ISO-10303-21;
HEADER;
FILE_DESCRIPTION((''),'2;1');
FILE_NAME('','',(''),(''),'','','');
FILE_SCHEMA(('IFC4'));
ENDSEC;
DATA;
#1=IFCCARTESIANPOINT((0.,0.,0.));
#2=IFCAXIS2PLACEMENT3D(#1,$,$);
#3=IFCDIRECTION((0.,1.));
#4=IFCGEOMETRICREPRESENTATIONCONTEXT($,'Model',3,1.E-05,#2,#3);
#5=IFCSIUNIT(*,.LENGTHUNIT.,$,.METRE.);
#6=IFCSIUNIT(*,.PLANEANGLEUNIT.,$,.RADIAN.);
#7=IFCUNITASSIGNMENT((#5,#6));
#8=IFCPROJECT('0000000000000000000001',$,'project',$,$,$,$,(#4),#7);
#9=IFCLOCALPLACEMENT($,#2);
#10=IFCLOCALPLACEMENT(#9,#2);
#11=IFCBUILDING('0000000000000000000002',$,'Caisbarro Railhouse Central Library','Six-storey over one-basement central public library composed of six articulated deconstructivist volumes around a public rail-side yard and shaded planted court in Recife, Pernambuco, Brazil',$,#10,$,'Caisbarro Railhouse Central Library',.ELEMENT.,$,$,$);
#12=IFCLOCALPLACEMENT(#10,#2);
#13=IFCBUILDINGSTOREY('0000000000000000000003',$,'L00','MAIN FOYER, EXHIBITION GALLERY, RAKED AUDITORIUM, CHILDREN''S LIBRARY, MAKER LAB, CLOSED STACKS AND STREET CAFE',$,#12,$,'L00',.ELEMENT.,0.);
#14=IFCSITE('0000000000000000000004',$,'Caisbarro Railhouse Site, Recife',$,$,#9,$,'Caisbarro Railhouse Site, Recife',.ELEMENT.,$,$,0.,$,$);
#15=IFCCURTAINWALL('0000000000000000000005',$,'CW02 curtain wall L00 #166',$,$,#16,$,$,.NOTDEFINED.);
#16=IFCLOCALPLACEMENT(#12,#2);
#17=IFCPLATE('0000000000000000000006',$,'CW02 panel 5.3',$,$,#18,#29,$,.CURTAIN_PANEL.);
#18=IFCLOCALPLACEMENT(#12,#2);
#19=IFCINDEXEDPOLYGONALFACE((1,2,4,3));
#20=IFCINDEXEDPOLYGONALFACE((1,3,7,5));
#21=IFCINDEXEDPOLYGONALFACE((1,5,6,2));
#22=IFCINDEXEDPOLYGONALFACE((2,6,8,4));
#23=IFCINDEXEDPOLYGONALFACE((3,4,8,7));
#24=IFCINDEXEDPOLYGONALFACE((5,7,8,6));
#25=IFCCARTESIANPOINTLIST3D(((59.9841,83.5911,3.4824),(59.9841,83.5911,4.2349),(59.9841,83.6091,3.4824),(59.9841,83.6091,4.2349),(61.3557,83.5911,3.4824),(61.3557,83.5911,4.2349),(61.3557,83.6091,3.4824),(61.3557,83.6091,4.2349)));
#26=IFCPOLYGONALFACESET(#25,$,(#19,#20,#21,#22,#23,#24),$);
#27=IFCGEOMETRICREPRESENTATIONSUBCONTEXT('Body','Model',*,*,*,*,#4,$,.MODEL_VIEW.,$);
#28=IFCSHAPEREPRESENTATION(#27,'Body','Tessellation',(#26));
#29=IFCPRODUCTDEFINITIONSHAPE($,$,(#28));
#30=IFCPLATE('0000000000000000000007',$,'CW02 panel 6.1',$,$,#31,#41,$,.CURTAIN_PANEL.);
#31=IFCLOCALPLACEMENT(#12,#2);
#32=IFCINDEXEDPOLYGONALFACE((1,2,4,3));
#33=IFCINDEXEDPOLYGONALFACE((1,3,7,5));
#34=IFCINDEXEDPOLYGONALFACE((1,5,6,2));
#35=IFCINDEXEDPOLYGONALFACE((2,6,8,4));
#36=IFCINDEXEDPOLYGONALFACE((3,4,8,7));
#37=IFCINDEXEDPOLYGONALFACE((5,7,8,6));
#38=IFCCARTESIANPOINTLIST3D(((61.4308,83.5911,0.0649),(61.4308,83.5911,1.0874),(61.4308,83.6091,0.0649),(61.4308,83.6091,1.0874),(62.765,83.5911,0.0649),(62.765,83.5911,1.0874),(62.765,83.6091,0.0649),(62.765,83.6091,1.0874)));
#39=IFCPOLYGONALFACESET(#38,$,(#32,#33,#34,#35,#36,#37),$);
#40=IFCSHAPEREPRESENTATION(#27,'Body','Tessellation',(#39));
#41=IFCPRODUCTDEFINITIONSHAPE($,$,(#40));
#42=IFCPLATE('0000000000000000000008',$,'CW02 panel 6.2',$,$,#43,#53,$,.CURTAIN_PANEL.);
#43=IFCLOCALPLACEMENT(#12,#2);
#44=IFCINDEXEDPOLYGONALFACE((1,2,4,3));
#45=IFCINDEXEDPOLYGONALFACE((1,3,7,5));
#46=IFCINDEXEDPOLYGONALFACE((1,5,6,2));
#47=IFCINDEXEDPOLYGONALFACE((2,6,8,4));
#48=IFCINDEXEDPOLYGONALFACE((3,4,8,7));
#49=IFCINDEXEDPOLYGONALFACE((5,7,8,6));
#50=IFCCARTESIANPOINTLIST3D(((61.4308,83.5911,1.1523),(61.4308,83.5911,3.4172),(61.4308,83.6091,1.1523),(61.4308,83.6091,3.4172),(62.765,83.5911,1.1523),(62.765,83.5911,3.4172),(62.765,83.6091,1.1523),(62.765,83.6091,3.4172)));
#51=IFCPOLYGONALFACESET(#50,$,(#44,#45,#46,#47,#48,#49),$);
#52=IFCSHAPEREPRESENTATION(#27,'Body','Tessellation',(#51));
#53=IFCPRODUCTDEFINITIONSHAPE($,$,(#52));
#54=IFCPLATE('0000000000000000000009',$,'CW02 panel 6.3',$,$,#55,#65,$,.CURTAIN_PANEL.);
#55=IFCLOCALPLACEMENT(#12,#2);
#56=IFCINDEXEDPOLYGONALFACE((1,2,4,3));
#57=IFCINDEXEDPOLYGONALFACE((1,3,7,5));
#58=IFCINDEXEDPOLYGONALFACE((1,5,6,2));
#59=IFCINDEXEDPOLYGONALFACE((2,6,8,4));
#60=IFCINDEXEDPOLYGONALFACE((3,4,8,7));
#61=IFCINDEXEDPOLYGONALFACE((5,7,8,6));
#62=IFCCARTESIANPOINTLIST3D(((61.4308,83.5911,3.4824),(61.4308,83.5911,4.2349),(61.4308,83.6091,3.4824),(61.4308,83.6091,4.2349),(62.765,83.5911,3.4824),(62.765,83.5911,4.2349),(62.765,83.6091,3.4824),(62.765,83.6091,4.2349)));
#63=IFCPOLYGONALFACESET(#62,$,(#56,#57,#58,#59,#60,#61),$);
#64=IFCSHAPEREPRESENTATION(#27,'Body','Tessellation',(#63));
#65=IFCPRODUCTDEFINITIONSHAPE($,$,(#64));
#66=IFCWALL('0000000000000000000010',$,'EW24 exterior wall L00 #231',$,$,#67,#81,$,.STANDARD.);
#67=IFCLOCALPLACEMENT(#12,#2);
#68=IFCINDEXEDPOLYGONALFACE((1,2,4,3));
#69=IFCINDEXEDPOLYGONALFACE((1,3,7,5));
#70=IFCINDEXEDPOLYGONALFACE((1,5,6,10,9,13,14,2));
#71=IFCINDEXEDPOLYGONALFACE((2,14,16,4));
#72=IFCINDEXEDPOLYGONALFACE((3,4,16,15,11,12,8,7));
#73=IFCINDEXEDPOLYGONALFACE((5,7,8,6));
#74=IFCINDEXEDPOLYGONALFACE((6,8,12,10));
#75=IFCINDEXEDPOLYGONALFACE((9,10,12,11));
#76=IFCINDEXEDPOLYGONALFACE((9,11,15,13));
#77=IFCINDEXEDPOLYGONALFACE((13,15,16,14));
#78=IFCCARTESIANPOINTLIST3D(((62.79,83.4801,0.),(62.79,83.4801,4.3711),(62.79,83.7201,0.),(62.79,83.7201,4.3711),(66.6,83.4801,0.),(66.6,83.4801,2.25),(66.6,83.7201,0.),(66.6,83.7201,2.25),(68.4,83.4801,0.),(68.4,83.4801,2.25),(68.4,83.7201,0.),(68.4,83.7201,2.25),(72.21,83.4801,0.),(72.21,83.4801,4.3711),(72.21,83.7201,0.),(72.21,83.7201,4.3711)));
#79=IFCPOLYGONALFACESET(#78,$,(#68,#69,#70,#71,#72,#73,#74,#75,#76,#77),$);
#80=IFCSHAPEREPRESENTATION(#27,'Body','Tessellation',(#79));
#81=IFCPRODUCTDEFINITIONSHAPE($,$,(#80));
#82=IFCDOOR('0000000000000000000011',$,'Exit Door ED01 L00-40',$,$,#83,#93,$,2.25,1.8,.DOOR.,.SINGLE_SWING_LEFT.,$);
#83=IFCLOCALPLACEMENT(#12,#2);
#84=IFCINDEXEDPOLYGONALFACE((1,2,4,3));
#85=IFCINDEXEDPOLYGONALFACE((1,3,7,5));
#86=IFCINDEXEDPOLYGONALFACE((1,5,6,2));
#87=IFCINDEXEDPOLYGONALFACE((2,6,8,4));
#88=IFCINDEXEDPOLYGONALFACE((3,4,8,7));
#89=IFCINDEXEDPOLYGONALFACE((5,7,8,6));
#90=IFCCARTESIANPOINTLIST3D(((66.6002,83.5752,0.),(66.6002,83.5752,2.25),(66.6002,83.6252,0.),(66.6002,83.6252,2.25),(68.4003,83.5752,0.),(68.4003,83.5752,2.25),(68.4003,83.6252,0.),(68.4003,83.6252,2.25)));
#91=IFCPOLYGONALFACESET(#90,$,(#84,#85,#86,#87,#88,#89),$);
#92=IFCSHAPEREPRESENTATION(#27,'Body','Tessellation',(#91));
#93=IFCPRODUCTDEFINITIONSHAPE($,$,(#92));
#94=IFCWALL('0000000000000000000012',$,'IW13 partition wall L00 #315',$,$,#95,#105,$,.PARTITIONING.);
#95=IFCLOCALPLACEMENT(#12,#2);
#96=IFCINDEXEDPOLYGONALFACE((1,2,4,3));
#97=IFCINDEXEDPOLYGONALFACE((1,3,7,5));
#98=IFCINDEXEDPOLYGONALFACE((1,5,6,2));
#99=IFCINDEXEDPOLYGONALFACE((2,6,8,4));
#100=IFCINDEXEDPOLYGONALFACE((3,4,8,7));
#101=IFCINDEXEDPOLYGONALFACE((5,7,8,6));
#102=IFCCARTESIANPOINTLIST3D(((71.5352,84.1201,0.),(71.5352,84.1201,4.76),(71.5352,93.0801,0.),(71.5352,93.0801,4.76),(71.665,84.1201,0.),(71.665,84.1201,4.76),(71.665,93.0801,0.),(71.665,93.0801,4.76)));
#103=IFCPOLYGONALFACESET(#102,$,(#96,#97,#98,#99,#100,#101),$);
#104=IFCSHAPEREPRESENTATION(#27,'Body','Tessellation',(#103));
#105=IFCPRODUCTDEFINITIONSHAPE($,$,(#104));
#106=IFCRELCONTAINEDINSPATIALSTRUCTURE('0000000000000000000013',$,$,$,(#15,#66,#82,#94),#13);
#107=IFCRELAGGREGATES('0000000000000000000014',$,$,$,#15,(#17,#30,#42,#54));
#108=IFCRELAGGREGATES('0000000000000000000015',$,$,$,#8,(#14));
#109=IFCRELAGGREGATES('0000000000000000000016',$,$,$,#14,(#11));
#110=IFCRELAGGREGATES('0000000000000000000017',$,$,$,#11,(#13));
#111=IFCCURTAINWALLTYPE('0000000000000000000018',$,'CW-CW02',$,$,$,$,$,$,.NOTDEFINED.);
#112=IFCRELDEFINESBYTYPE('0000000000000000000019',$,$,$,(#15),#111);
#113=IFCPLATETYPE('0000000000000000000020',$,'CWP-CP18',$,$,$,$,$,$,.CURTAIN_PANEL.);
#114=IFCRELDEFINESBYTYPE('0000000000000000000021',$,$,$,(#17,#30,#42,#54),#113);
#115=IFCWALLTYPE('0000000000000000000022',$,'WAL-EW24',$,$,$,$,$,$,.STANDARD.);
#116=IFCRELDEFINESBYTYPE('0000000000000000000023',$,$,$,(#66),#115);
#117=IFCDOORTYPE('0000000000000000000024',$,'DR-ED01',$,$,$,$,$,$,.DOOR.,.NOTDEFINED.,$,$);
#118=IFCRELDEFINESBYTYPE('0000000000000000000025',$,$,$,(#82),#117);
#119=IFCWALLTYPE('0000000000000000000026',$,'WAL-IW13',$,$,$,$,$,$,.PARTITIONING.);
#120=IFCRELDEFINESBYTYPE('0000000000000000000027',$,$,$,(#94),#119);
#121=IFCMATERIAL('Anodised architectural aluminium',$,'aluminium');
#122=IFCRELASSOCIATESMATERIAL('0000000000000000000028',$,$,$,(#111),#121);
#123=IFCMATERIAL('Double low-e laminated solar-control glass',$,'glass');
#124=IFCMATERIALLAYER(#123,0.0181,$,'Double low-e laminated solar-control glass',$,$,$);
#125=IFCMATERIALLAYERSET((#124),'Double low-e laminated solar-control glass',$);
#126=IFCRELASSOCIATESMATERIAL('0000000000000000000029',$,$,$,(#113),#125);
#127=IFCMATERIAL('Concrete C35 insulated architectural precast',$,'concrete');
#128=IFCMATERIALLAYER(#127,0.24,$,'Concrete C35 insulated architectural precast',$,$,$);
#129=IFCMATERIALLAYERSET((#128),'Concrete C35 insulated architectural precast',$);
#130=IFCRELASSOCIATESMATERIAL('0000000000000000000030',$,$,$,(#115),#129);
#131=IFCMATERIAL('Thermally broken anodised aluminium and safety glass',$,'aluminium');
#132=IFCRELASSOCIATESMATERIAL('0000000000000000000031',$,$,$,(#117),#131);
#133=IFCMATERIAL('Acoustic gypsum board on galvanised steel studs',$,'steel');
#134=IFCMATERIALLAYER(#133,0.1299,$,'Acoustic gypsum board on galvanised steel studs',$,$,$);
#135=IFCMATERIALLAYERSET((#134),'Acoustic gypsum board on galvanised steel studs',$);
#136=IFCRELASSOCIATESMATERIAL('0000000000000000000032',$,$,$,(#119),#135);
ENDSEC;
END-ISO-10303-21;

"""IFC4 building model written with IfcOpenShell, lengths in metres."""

from ifc_helpers import new_model, si_unit, direction, frame, frame_2d, origin, origin_2d, place, context, subcontext, project, spatial, rectangle, extrude, material, layer, layer_set, type_object, element, fill, aggregate, save


model = new_model("IFC4")

# Units and contexts
model_context = context("Model", 3, precision=1e-05, world=origin(), true_north=direction((0.0, 1.0)))
body_context = subcontext(model_context, "Body", "Model", "MODEL_VIEW")
ifc_project = project(units=[si_unit("LENGTHUNIT", "METRE"), si_unit("PLANEANGLEUNIT", "RADIAN")], contexts=[model_context])

# Site, building, storey
site_placement = place(None, origin())
site = spatial("IfcSite", under=ifc_project, at=site_placement, Name="Caisbarro Railhouse Site, Recife", LongName="Caisbarro Railhouse Site, Recife", CompositionType="ELEMENT", RefElevation=0.0)
building_placement = place(site_placement, origin())
building = spatial("IfcBuilding", under=site, at=building_placement, Name="Caisbarro Railhouse Central Library", Description="Six-storey over one-basement central public library composed of six articulated deconstructivist volumes around a public rail-side yard and shaded planted court in Recife, Pernambuco, Brazil", LongName="Caisbarro Railhouse Central Library", CompositionType="ELEMENT")
storey_placement = place(building_placement, origin())
storey = spatial("IfcBuildingStorey", under=building, at=storey_placement, Name="L00", Description="MAIN FOYER, EXHIBITION GALLERY, RAKED AUDITORIUM, CHILDREN'S LIBRARY, MAKER LAB, CLOSED STACKS AND STREET CAFE", LongName="L00", CompositionType="ELEMENT", Elevation=0.0)

# Curtain wall, plates
ifc_material_1 = material(Name="Anodised architectural aluminium", Category="aluminium")
curtain_wall_type = type_object("IfcCurtainWallType", Name="CW-CW02", PredefinedType="NOTDEFINED", material=ifc_material_1)
curtain_wall_placement = place(storey_placement, origin())
curtain_wall = element("IfcCurtainWall", 1, at=curtain_wall_placement, inside=storey, type_object=curtain_wall_type, Name="CW02 curtain wall L00 #166", PredefinedType="NOTDEFINED")
ifc_material_2 = material(Name="Double low-e laminated solar-control glass", Category="glass")
ifc_layer_1 = layer(ifc_material_2, 0.0181, Name="Double low-e laminated solar-control glass")
ifc_layer_set_1 = layer_set([ifc_layer_1], Name="Double low-e laminated solar-control glass")
plate_type = type_object("IfcPlateType", Name="CWP-CP18", PredefinedType="CURTAIN_PANEL", material=ifc_layer_set_1)
plate_1_placement = place(storey_placement, frame((60.6699, 83.6001, 3.4824), z_axis=(0.0, 0.0, 1.0), x_axis=(1.0, 0.0, 0.0)))
plate_1 = element("IfcPlate", 2, at=plate_1_placement, type_object=plate_type, Name="CW02 panel 5.3", PredefinedType="CURTAIN_PANEL", context=body_context, shape_type="SweptSolid", body=[
    extrude(rectangle(XDim=1.3716, YDim=0.0181, at=origin_2d()), origin(), (0.0, 0.0, 1.0), 0.7524),
])
plate_2_placement = place(storey_placement, frame((62.0979, 83.6001, 0.0649), z_axis=(0.0, 0.0, 1.0), x_axis=(1.0, 0.0, 0.0)))
plate_2 = element("IfcPlate", 3, at=plate_2_placement, type_object=plate_type, Name="CW02 panel 6.1", PredefinedType="CURTAIN_PANEL", context=body_context, shape_type="SweptSolid", body=[
    extrude(rectangle(XDim=1.3342, YDim=0.0181, at=origin_2d()), origin(), (0.0, 0.0, 1.0), 1.0225),
])
plate_3_placement = place(storey_placement, frame((62.0979, 83.6001, 1.1523), z_axis=(0.0, 0.0, 1.0), x_axis=(1.0, 0.0, 0.0)))
plate_3 = element("IfcPlate", 4, at=plate_3_placement, type_object=plate_type, Name="CW02 panel 6.2", PredefinedType="CURTAIN_PANEL", context=body_context, shape_type="SweptSolid", body=[
    extrude(rectangle(XDim=1.3342, YDim=0.0181, at=origin_2d()), origin(), (0.0, 0.0, 1.0), 2.2649),
])
plate_4_placement = place(storey_placement, frame((62.0979, 83.6001, 3.4824), z_axis=(0.0, 0.0, 1.0), x_axis=(1.0, 0.0, 0.0)))
plate_4 = element("IfcPlate", 5, at=plate_4_placement, type_object=plate_type, Name="CW02 panel 6.3", PredefinedType="CURTAIN_PANEL", context=body_context, shape_type="SweptSolid", body=[
    extrude(rectangle(XDim=1.3342, YDim=0.0181, at=origin_2d()), origin(), (0.0, 0.0, 1.0), 0.7524),
])
aggregate(curtain_wall, [plate_1, plate_2, plate_3, plate_4])

# Wall, opening, door
ifc_material_3 = material(Name="Concrete C35 insulated architectural precast", Category="concrete")
ifc_layer_2 = layer(ifc_material_3, 0.24, Name="Concrete C35 insulated architectural precast")
ifc_layer_set_2 = layer_set([ifc_layer_2], Name="Concrete C35 insulated architectural precast")
wall_type_1 = type_object("IfcWallType", Name="WAL-EW24", PredefinedType="STANDARD", material=ifc_layer_set_2)
wall_1_placement = place(storey_placement, frame((62.79, 83.6001, 0.0), z_axis=(0.0, 0.0, 1.0), x_axis=(1.0, 0.0, 0.0)))
wall_1 = element("IfcWall", 6, at=wall_1_placement, inside=storey, type_object=wall_type_1, Name="EW24 exterior wall L00 #231", PredefinedType="STANDARD", context=body_context, shape_type="SweptSolid", body=[
    extrude(rectangle(XDim=9.4199, YDim=0.24, at=frame_2d((4.71, 0.0))), origin(), (0.0, 0.0, 1.0), 4.3711),
])
opening_placement = place(wall_1_placement, frame((3.8101, 0.0, 0.0)))
opening = element("IfcOpeningElement", 7, at=opening_placement, cuts=wall_1, PredefinedType="OPENING", context=body_context, shape_type="SweptSolid", body=[
    extrude(rectangle(XDim=1.8, YDim=2.25, at=frame_2d((0.8999, 1.125))), frame((0.0, 0.1299, 0.0), z_axis=(0.0, -1.0, 0.0), x_axis=(1.0, 0.0, 0.0)), (0.0, 0.0, 1.0), 0.26),
])
ifc_material_4 = material(Name="Thermally broken anodised aluminium and safety glass", Category="aluminium")
door_type = type_object("IfcDoorType", Name="DR-ED01", OperationType="NOTDEFINED", PredefinedType="DOOR", material=ifc_material_4)
door_placement = place(opening_placement, frame((1.8, 0.0, 0.0), z_axis=(0.0, 0.0, 1.0), x_axis=(-1.0, 0.0, 0.0)))
door = element("IfcDoor", 8, at=door_placement, inside=storey, type_object=door_type, Name="Exit Door ED01 L00-40", OperationType="SINGLE_SWING_LEFT", OverallHeight=2.25, OverallWidth=1.8, PredefinedType="DOOR", context=body_context, shape_type="SweptSolid", body=[
    extrude(rectangle(XDim=1.8, YDim=2.25, at=frame_2d((0.8999, 1.125))), frame((0.0, 0.0249, 0.0), z_axis=(0.0, -1.0, 0.0), x_axis=(1.0, 0.0, 0.0)), (0.0, 0.0, 1.0), 0.05),
])
fill(opening, door)

# Wall
ifc_material_5 = material(Name="Acoustic gypsum board on galvanised steel studs", Category="steel")
ifc_layer_3 = layer(ifc_material_5, 0.1299, Name="Acoustic gypsum board on galvanised steel studs")
ifc_layer_set_3 = layer_set([ifc_layer_3], Name="Acoustic gypsum board on galvanised steel studs")
wall_type_2 = type_object("IfcWallType", Name="WAL-IW13", PredefinedType="PARTITIONING", material=ifc_layer_set_3)
wall_2_placement = place(storey_placement, frame((71.6001, 84.1201, 0.0), z_axis=(0.0, 0.0, 1.0), x_axis=(0.0, 1.0, 0.0)))
element("IfcWall", 9, at=wall_2_placement, inside=storey, type_object=wall_type_2, Name="IW13 partition wall L00 #315", PredefinedType="PARTITIONING", context=body_context, shape_type="SweptSolid", body=[
    extrude(rectangle(XDim=8.96, YDim=0.1299, at=frame_2d((4.48, 0.0))), origin(), (0.0, 0.0, 1.0), 4.76),
])

save(model, "model.ifc")
